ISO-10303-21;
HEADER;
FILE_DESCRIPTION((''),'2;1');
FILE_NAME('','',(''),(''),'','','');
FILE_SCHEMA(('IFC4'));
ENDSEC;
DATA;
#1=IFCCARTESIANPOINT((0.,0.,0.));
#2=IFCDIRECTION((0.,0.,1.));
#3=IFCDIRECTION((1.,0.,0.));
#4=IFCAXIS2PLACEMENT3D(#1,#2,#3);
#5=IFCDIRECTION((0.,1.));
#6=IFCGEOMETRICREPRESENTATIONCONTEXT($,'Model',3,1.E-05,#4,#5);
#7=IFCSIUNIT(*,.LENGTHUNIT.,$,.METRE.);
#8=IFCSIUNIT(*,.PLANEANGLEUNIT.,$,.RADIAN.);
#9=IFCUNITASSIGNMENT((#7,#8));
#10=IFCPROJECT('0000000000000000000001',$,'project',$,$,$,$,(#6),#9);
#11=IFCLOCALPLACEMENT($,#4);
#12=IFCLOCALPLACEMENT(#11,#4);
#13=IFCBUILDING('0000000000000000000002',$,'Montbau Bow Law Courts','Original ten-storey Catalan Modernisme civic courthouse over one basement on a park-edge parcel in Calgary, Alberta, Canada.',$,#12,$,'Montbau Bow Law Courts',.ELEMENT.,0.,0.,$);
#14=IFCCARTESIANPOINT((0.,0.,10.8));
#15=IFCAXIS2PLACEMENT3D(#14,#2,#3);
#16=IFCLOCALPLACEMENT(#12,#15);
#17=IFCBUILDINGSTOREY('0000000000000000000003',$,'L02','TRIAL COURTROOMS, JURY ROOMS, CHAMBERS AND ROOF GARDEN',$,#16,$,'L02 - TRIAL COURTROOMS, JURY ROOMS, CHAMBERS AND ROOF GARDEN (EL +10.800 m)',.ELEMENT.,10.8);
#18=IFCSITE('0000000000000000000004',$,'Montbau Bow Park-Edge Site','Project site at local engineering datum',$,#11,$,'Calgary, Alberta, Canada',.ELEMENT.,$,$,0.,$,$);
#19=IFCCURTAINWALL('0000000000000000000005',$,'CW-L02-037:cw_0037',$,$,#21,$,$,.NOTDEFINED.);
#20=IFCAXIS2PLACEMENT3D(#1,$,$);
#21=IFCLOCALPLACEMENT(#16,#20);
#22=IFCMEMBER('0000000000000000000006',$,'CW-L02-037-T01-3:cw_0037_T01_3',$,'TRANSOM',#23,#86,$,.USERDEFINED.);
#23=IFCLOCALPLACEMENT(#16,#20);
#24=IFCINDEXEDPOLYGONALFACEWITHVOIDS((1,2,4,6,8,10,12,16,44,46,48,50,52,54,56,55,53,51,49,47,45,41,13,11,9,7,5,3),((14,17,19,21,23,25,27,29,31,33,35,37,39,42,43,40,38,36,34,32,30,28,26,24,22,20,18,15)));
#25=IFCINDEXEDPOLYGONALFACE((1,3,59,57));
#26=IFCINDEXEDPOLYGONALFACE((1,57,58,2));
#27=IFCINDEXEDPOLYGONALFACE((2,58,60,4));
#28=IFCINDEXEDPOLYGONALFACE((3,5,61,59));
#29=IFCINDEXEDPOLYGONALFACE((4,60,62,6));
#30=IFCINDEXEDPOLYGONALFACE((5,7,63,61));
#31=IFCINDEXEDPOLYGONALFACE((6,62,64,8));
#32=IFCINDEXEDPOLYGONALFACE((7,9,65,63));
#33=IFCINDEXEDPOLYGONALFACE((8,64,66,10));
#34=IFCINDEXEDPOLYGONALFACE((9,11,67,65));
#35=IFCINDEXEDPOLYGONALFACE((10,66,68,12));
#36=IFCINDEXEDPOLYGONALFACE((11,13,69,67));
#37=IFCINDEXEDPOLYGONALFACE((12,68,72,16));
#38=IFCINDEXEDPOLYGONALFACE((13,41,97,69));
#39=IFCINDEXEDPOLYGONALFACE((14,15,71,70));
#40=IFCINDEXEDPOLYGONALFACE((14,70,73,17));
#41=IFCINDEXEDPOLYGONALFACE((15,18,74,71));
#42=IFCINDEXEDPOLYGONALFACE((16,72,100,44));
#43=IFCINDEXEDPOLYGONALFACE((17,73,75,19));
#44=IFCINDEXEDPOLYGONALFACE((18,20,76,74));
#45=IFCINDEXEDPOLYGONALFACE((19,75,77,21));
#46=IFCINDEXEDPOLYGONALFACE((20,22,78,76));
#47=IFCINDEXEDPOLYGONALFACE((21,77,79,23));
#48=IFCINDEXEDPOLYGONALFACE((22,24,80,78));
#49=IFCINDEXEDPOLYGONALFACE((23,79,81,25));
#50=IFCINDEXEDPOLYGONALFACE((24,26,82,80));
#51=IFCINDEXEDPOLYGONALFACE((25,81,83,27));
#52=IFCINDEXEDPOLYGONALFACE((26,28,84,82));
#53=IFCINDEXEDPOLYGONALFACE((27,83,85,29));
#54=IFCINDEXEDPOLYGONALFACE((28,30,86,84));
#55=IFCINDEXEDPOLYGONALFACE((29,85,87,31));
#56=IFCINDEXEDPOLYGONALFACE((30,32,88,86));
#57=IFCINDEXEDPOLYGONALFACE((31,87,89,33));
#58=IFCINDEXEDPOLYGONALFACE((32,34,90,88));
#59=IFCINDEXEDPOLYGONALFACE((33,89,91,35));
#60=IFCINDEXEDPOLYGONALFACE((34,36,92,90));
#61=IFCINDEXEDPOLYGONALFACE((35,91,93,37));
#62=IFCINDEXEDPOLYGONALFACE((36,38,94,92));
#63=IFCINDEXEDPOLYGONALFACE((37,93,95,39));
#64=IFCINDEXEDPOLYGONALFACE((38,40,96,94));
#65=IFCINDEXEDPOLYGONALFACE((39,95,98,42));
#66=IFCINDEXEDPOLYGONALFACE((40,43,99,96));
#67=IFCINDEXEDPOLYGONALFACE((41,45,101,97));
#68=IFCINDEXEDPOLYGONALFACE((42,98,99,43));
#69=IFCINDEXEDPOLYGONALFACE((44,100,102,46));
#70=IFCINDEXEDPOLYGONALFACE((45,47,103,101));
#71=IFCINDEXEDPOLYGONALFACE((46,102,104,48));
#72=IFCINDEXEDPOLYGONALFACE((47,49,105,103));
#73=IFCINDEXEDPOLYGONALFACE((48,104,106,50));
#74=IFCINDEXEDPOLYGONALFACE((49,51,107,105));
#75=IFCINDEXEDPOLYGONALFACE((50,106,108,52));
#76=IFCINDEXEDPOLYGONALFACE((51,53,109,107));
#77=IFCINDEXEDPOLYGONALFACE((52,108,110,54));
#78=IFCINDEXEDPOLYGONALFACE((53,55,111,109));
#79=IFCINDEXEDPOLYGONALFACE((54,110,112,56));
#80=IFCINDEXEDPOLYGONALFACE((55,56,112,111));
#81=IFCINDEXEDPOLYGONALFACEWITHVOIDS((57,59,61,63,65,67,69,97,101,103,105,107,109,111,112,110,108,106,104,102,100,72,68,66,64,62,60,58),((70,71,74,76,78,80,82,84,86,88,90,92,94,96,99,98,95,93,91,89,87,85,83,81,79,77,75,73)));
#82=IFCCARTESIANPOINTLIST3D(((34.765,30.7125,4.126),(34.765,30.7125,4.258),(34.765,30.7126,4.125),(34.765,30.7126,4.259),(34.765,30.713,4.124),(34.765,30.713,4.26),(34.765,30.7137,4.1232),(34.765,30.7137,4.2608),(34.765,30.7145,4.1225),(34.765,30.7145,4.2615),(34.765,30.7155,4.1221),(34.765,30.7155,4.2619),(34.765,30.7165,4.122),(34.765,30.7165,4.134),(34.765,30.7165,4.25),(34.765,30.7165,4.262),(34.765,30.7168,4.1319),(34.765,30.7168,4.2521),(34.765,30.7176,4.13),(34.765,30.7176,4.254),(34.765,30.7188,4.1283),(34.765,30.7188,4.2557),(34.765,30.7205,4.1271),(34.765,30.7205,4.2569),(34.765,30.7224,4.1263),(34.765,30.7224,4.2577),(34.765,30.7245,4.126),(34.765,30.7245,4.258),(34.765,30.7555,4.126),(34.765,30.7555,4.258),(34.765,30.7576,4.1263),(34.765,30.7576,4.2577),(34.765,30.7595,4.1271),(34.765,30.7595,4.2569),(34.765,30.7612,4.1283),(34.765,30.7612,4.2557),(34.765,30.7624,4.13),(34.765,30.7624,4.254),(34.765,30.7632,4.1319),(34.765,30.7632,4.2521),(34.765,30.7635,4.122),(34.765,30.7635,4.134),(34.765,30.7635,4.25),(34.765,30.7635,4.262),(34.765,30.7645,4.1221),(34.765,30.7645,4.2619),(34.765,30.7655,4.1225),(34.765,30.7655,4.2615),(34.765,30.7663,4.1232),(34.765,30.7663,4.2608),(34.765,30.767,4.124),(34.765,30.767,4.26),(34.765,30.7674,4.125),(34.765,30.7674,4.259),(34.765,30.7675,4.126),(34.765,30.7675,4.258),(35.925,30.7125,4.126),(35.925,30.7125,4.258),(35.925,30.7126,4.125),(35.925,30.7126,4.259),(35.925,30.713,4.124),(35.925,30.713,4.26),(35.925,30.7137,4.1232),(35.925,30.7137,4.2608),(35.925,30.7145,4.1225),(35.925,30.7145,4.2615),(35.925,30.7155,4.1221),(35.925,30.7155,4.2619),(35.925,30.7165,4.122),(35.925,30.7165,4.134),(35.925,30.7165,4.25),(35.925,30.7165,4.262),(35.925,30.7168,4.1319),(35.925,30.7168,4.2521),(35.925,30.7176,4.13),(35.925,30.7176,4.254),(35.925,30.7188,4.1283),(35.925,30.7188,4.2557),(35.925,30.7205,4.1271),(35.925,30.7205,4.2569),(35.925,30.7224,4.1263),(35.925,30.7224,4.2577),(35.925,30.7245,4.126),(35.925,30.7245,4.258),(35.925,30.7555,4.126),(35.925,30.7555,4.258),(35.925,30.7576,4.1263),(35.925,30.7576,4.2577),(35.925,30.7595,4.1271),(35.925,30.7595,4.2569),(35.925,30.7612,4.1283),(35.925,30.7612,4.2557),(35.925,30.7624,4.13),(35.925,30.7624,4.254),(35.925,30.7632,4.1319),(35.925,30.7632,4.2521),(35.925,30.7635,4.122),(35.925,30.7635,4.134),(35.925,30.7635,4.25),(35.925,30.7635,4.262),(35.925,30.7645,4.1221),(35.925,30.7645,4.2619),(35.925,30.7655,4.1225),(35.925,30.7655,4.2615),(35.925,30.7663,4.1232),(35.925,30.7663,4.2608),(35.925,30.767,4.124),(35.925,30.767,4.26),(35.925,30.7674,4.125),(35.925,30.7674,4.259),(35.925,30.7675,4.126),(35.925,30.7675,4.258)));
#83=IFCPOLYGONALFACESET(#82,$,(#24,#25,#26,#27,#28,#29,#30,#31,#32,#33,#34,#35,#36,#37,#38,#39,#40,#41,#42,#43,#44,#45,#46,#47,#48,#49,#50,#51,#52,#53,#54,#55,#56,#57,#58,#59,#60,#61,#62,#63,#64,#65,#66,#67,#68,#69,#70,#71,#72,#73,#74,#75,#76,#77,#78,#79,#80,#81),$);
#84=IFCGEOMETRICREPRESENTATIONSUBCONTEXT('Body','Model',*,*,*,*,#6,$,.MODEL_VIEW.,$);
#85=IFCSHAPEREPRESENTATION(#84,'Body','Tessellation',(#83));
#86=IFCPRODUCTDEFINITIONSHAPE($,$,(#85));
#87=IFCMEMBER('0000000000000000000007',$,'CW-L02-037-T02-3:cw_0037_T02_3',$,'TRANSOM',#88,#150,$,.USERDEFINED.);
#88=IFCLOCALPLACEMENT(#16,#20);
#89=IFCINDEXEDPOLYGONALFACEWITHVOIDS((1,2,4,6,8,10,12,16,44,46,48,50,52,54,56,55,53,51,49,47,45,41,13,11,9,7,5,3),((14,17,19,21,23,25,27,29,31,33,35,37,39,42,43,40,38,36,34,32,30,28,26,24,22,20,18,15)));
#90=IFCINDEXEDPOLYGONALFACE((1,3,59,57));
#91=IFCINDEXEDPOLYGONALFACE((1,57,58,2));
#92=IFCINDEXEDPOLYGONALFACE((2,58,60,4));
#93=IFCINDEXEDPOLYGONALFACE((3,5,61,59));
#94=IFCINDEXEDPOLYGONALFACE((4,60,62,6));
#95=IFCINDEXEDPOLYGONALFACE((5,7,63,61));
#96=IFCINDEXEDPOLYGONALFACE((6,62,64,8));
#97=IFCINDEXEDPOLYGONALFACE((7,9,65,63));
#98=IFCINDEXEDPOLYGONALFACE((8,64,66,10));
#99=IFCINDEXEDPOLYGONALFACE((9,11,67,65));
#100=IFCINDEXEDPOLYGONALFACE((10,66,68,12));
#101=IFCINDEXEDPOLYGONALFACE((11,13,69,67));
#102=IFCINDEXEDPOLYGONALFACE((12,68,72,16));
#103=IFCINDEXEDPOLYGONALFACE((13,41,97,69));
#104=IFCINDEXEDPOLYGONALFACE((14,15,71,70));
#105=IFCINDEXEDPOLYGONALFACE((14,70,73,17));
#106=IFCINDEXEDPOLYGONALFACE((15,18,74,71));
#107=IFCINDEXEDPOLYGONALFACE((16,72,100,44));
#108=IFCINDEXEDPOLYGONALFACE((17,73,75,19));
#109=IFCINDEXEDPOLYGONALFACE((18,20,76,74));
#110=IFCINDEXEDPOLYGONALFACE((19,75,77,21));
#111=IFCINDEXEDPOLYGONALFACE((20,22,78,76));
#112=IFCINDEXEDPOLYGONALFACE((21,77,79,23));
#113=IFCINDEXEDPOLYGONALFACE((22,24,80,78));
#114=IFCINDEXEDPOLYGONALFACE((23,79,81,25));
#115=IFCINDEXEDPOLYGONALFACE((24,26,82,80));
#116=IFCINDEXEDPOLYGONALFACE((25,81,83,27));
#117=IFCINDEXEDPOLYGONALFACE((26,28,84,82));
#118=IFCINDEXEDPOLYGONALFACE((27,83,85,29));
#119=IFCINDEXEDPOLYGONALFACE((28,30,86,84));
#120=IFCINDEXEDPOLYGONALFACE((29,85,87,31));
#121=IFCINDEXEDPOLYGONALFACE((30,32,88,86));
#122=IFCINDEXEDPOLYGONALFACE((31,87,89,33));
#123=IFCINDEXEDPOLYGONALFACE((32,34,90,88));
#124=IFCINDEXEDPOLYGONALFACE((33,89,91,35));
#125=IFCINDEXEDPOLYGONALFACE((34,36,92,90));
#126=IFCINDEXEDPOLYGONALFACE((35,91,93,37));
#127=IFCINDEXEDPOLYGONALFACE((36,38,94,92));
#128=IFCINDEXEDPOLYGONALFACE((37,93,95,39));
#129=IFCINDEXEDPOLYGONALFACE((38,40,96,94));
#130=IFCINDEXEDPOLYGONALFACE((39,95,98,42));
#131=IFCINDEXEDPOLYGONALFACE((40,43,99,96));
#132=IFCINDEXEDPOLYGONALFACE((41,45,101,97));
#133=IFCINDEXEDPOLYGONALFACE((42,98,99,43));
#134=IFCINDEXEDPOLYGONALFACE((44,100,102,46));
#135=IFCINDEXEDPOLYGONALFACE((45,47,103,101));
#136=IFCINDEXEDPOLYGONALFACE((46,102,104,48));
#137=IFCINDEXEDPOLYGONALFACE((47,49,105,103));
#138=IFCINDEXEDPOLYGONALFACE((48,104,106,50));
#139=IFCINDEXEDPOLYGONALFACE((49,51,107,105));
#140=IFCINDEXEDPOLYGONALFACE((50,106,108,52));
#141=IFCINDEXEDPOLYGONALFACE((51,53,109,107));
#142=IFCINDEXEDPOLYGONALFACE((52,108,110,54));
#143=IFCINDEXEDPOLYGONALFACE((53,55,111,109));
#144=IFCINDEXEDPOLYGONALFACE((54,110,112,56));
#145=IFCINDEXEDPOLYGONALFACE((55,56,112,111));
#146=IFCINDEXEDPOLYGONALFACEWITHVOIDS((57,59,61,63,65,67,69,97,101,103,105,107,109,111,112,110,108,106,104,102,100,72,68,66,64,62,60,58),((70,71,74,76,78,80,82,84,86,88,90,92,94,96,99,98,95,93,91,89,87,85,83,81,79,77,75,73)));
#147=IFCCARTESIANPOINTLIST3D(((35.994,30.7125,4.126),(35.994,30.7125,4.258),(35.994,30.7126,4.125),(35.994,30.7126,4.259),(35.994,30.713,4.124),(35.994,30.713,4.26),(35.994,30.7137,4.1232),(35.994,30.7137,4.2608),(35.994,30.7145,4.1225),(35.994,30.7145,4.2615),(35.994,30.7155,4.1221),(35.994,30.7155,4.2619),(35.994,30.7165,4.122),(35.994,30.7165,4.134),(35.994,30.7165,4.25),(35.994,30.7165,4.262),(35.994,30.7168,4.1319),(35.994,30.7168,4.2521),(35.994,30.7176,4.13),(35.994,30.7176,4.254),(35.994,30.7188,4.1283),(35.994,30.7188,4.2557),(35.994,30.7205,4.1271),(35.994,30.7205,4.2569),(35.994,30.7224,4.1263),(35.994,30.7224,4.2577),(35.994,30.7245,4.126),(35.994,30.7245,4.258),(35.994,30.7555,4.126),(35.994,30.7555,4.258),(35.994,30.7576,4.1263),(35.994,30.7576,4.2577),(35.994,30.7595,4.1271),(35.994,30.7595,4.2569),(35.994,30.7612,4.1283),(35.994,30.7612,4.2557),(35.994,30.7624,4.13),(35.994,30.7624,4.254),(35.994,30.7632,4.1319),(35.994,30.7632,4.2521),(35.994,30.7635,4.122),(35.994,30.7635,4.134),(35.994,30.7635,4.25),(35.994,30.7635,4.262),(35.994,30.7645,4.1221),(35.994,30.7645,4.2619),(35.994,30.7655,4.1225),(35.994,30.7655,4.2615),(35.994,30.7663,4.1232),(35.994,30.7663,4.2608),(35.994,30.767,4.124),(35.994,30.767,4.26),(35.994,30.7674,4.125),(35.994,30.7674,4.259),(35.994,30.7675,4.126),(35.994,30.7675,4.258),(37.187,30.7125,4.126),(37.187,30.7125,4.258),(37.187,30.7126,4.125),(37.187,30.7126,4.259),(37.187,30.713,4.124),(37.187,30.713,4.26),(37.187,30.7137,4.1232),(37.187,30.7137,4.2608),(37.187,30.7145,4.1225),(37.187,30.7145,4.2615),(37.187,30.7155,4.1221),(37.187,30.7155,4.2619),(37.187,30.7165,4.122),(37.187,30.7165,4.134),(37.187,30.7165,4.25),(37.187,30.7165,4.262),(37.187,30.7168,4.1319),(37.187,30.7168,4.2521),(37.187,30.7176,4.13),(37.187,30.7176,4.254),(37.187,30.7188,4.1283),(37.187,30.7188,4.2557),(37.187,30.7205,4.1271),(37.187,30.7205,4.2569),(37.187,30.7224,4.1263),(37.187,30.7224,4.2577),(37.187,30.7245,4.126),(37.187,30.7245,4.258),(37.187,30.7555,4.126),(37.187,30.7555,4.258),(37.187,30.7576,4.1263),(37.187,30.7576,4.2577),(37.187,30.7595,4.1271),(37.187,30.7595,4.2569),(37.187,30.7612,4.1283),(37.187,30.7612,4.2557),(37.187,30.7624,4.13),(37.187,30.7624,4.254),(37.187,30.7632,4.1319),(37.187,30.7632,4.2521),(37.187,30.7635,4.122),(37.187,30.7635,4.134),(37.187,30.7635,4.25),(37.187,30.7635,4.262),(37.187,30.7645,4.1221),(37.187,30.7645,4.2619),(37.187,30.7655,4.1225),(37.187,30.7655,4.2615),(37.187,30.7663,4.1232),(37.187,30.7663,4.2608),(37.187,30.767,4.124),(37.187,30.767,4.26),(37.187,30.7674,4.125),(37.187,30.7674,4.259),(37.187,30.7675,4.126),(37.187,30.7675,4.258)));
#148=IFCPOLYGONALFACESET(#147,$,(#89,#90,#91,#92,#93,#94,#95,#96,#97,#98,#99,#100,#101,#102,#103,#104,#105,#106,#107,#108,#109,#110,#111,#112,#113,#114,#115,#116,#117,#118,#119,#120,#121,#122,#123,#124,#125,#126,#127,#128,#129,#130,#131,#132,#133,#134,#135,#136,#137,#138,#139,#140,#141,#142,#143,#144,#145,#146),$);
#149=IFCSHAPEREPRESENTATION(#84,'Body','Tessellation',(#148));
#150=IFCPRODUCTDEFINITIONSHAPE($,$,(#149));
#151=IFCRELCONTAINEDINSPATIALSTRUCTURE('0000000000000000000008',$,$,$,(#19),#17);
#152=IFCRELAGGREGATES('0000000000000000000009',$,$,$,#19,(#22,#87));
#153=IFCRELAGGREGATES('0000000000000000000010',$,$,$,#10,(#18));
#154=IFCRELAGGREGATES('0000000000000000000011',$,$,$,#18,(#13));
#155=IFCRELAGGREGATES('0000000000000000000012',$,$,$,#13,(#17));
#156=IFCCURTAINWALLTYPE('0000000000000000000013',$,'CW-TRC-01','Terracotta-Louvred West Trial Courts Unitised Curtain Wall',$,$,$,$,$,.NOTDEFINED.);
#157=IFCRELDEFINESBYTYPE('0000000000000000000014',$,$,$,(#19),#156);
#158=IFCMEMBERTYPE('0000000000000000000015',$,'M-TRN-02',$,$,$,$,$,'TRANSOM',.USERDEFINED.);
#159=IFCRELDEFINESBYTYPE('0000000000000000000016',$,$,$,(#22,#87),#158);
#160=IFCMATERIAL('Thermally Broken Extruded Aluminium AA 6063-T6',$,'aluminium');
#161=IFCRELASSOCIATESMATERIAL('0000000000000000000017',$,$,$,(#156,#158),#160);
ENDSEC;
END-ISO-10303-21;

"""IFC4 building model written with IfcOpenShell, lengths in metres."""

from ifc_helpers import new_model, si_unit, direction, frame, origin_with_axes, origin_2d_with_axis, place, context, subcontext, project, spatial, hollow_rectangle, extrude, material, material_profile, profile_set, type_object, element, aggregate, save


model = new_model("IFC4")

# Units and contexts
model_context = context("Model", 3, precision=1e-05, world=origin_with_axes(), true_north=direction((0.0, 1.0)))
body_context = subcontext(model_context, "Body", "Model", "MODEL_VIEW")
ifc_project = project(units=[si_unit("LENGTHUNIT", "METRE"), si_unit("PLANEANGLEUNIT", "RADIAN")], contexts=[model_context])

# Site, building, storey
site_placement = place(None, origin_with_axes())
site = spatial("IfcSite", under=ifc_project, at=site_placement, Name="Montbau Bow Park-Edge Site", Description="Project site at local engineering datum", LongName="Calgary, Alberta, Canada", CompositionType="ELEMENT", RefElevation=0.0)
building_placement = place(site_placement, origin_with_axes())
building = spatial("IfcBuilding", under=site, at=building_placement, Name="Montbau Bow Law Courts", Description="Original ten-storey Catalan Modernisme civic courthouse over one basement on a park-edge parcel in Calgary, Alberta, Canada.", LongName="Montbau Bow Law Courts", CompositionType="ELEMENT", ElevationOfRefHeight=0.0, ElevationOfTerrain=0.0)
storey_placement = place(building_placement, frame((0.0, 0.0, 10.8), z_axis=(0.0, 0.0, 1.0), x_axis=(1.0, 0.0, 0.0)))
storey = spatial("IfcBuildingStorey", under=building, at=storey_placement, Name="L02", Description="TRIAL COURTROOMS, JURY ROOMS, CHAMBERS AND ROOF GARDEN", LongName="L02 - TRIAL COURTROOMS, JURY ROOMS, CHAMBERS AND ROOF GARDEN (EL +10.800 m)", CompositionType="ELEMENT", Elevation=10.8)

# Shared definitions
ifc_material_1 = material(Name="Thermally Broken Extruded Aluminium AA 6063-T6", Category="aluminium")
curtain_wall_type = type_object("IfcCurtainWallType", Name="CW-TRC-01", Description="Terracotta-Louvred West Trial Courts Unitised Curtain Wall", PredefinedType="NOTDEFINED", material=ifc_material_1)

# Curtain wall, members
curtain_wall_1_placement = place(None, frame((34.697, 30.74, 10.8), z_axis=(0.0, 0.0, 1.0), x_axis=(1.0, 0.0, 0.0)))
curtain_wall_1 = element("IfcCurtainWall", 1, at=curtain_wall_1_placement, inside=storey, type_object=curtain_wall_type, Name="CW-L02-037:cw_0037", PredefinedType="NOTDEFINED")
ifc_material_profile_1 = material_profile(ifc_material_1, hollow_rectangle(XDim=0.055, YDim=0.14, WallThickness=0.004, InnerFilletRadius=0.008, OuterFilletRadius=0.004, at=origin_2d_with_axis()), Name="CWT-140X55", Category="Main", Priority=0)
ifc_profile_set_1 = profile_set([ifc_material_profile_1], Name="Thermally Broken Extruded Aluminium AA 6063-T6")
member_type_1 = type_object("IfcMemberType", Name="M-TRN-02", ElementType="TRANSOM", PredefinedType="USERDEFINED", material=ifc_profile_set_1)
member_1_placement = place(None, frame((34.765, 30.74, 14.992), z_axis=(1.0, 0.0, 0.0), x_axis=(0.0, 1.0, 0.0)))
member_1 = element("IfcMember", 2, at=member_1_placement, type_object=member_type_1, Name="CW-L02-037-T01-3:cw_0037_T01_3", ObjectType="TRANSOM", PredefinedType="USERDEFINED", context=body_context, shape_type="SweptSolid", body=[
    extrude(hollow_rectangle(XDim=0.055, YDim=0.14, WallThickness=0.004, InnerFilletRadius=0.008, OuterFilletRadius=0.004, at=origin_2d_with_axis()), origin_with_axes(), (0.0, 0.0, 1.0), 1.16),
])
member_2_placement = place(None, frame((35.994, 30.74, 14.992), z_axis=(1.0, 0.0, 0.0), x_axis=(0.0, 1.0, 0.0)))
member_2 = element("IfcMember", 3, at=member_2_placement, type_object=member_type_1, Name="CW-L02-037-T02-3:cw_0037_T02_3", ObjectType="TRANSOM", PredefinedType="USERDEFINED", context=body_context, shape_type="SweptSolid", body=[
    extrude(hollow_rectangle(XDim=0.055, YDim=0.14, WallThickness=0.004, InnerFilletRadius=0.008, OuterFilletRadius=0.004, at=origin_2d_with_axis()), origin_with_axes(), (0.0, 0.0, 1.0), 1.193),
])
aggregate(curtain_wall_1, [member_1, member_2])

save(model, "model.ifc")
